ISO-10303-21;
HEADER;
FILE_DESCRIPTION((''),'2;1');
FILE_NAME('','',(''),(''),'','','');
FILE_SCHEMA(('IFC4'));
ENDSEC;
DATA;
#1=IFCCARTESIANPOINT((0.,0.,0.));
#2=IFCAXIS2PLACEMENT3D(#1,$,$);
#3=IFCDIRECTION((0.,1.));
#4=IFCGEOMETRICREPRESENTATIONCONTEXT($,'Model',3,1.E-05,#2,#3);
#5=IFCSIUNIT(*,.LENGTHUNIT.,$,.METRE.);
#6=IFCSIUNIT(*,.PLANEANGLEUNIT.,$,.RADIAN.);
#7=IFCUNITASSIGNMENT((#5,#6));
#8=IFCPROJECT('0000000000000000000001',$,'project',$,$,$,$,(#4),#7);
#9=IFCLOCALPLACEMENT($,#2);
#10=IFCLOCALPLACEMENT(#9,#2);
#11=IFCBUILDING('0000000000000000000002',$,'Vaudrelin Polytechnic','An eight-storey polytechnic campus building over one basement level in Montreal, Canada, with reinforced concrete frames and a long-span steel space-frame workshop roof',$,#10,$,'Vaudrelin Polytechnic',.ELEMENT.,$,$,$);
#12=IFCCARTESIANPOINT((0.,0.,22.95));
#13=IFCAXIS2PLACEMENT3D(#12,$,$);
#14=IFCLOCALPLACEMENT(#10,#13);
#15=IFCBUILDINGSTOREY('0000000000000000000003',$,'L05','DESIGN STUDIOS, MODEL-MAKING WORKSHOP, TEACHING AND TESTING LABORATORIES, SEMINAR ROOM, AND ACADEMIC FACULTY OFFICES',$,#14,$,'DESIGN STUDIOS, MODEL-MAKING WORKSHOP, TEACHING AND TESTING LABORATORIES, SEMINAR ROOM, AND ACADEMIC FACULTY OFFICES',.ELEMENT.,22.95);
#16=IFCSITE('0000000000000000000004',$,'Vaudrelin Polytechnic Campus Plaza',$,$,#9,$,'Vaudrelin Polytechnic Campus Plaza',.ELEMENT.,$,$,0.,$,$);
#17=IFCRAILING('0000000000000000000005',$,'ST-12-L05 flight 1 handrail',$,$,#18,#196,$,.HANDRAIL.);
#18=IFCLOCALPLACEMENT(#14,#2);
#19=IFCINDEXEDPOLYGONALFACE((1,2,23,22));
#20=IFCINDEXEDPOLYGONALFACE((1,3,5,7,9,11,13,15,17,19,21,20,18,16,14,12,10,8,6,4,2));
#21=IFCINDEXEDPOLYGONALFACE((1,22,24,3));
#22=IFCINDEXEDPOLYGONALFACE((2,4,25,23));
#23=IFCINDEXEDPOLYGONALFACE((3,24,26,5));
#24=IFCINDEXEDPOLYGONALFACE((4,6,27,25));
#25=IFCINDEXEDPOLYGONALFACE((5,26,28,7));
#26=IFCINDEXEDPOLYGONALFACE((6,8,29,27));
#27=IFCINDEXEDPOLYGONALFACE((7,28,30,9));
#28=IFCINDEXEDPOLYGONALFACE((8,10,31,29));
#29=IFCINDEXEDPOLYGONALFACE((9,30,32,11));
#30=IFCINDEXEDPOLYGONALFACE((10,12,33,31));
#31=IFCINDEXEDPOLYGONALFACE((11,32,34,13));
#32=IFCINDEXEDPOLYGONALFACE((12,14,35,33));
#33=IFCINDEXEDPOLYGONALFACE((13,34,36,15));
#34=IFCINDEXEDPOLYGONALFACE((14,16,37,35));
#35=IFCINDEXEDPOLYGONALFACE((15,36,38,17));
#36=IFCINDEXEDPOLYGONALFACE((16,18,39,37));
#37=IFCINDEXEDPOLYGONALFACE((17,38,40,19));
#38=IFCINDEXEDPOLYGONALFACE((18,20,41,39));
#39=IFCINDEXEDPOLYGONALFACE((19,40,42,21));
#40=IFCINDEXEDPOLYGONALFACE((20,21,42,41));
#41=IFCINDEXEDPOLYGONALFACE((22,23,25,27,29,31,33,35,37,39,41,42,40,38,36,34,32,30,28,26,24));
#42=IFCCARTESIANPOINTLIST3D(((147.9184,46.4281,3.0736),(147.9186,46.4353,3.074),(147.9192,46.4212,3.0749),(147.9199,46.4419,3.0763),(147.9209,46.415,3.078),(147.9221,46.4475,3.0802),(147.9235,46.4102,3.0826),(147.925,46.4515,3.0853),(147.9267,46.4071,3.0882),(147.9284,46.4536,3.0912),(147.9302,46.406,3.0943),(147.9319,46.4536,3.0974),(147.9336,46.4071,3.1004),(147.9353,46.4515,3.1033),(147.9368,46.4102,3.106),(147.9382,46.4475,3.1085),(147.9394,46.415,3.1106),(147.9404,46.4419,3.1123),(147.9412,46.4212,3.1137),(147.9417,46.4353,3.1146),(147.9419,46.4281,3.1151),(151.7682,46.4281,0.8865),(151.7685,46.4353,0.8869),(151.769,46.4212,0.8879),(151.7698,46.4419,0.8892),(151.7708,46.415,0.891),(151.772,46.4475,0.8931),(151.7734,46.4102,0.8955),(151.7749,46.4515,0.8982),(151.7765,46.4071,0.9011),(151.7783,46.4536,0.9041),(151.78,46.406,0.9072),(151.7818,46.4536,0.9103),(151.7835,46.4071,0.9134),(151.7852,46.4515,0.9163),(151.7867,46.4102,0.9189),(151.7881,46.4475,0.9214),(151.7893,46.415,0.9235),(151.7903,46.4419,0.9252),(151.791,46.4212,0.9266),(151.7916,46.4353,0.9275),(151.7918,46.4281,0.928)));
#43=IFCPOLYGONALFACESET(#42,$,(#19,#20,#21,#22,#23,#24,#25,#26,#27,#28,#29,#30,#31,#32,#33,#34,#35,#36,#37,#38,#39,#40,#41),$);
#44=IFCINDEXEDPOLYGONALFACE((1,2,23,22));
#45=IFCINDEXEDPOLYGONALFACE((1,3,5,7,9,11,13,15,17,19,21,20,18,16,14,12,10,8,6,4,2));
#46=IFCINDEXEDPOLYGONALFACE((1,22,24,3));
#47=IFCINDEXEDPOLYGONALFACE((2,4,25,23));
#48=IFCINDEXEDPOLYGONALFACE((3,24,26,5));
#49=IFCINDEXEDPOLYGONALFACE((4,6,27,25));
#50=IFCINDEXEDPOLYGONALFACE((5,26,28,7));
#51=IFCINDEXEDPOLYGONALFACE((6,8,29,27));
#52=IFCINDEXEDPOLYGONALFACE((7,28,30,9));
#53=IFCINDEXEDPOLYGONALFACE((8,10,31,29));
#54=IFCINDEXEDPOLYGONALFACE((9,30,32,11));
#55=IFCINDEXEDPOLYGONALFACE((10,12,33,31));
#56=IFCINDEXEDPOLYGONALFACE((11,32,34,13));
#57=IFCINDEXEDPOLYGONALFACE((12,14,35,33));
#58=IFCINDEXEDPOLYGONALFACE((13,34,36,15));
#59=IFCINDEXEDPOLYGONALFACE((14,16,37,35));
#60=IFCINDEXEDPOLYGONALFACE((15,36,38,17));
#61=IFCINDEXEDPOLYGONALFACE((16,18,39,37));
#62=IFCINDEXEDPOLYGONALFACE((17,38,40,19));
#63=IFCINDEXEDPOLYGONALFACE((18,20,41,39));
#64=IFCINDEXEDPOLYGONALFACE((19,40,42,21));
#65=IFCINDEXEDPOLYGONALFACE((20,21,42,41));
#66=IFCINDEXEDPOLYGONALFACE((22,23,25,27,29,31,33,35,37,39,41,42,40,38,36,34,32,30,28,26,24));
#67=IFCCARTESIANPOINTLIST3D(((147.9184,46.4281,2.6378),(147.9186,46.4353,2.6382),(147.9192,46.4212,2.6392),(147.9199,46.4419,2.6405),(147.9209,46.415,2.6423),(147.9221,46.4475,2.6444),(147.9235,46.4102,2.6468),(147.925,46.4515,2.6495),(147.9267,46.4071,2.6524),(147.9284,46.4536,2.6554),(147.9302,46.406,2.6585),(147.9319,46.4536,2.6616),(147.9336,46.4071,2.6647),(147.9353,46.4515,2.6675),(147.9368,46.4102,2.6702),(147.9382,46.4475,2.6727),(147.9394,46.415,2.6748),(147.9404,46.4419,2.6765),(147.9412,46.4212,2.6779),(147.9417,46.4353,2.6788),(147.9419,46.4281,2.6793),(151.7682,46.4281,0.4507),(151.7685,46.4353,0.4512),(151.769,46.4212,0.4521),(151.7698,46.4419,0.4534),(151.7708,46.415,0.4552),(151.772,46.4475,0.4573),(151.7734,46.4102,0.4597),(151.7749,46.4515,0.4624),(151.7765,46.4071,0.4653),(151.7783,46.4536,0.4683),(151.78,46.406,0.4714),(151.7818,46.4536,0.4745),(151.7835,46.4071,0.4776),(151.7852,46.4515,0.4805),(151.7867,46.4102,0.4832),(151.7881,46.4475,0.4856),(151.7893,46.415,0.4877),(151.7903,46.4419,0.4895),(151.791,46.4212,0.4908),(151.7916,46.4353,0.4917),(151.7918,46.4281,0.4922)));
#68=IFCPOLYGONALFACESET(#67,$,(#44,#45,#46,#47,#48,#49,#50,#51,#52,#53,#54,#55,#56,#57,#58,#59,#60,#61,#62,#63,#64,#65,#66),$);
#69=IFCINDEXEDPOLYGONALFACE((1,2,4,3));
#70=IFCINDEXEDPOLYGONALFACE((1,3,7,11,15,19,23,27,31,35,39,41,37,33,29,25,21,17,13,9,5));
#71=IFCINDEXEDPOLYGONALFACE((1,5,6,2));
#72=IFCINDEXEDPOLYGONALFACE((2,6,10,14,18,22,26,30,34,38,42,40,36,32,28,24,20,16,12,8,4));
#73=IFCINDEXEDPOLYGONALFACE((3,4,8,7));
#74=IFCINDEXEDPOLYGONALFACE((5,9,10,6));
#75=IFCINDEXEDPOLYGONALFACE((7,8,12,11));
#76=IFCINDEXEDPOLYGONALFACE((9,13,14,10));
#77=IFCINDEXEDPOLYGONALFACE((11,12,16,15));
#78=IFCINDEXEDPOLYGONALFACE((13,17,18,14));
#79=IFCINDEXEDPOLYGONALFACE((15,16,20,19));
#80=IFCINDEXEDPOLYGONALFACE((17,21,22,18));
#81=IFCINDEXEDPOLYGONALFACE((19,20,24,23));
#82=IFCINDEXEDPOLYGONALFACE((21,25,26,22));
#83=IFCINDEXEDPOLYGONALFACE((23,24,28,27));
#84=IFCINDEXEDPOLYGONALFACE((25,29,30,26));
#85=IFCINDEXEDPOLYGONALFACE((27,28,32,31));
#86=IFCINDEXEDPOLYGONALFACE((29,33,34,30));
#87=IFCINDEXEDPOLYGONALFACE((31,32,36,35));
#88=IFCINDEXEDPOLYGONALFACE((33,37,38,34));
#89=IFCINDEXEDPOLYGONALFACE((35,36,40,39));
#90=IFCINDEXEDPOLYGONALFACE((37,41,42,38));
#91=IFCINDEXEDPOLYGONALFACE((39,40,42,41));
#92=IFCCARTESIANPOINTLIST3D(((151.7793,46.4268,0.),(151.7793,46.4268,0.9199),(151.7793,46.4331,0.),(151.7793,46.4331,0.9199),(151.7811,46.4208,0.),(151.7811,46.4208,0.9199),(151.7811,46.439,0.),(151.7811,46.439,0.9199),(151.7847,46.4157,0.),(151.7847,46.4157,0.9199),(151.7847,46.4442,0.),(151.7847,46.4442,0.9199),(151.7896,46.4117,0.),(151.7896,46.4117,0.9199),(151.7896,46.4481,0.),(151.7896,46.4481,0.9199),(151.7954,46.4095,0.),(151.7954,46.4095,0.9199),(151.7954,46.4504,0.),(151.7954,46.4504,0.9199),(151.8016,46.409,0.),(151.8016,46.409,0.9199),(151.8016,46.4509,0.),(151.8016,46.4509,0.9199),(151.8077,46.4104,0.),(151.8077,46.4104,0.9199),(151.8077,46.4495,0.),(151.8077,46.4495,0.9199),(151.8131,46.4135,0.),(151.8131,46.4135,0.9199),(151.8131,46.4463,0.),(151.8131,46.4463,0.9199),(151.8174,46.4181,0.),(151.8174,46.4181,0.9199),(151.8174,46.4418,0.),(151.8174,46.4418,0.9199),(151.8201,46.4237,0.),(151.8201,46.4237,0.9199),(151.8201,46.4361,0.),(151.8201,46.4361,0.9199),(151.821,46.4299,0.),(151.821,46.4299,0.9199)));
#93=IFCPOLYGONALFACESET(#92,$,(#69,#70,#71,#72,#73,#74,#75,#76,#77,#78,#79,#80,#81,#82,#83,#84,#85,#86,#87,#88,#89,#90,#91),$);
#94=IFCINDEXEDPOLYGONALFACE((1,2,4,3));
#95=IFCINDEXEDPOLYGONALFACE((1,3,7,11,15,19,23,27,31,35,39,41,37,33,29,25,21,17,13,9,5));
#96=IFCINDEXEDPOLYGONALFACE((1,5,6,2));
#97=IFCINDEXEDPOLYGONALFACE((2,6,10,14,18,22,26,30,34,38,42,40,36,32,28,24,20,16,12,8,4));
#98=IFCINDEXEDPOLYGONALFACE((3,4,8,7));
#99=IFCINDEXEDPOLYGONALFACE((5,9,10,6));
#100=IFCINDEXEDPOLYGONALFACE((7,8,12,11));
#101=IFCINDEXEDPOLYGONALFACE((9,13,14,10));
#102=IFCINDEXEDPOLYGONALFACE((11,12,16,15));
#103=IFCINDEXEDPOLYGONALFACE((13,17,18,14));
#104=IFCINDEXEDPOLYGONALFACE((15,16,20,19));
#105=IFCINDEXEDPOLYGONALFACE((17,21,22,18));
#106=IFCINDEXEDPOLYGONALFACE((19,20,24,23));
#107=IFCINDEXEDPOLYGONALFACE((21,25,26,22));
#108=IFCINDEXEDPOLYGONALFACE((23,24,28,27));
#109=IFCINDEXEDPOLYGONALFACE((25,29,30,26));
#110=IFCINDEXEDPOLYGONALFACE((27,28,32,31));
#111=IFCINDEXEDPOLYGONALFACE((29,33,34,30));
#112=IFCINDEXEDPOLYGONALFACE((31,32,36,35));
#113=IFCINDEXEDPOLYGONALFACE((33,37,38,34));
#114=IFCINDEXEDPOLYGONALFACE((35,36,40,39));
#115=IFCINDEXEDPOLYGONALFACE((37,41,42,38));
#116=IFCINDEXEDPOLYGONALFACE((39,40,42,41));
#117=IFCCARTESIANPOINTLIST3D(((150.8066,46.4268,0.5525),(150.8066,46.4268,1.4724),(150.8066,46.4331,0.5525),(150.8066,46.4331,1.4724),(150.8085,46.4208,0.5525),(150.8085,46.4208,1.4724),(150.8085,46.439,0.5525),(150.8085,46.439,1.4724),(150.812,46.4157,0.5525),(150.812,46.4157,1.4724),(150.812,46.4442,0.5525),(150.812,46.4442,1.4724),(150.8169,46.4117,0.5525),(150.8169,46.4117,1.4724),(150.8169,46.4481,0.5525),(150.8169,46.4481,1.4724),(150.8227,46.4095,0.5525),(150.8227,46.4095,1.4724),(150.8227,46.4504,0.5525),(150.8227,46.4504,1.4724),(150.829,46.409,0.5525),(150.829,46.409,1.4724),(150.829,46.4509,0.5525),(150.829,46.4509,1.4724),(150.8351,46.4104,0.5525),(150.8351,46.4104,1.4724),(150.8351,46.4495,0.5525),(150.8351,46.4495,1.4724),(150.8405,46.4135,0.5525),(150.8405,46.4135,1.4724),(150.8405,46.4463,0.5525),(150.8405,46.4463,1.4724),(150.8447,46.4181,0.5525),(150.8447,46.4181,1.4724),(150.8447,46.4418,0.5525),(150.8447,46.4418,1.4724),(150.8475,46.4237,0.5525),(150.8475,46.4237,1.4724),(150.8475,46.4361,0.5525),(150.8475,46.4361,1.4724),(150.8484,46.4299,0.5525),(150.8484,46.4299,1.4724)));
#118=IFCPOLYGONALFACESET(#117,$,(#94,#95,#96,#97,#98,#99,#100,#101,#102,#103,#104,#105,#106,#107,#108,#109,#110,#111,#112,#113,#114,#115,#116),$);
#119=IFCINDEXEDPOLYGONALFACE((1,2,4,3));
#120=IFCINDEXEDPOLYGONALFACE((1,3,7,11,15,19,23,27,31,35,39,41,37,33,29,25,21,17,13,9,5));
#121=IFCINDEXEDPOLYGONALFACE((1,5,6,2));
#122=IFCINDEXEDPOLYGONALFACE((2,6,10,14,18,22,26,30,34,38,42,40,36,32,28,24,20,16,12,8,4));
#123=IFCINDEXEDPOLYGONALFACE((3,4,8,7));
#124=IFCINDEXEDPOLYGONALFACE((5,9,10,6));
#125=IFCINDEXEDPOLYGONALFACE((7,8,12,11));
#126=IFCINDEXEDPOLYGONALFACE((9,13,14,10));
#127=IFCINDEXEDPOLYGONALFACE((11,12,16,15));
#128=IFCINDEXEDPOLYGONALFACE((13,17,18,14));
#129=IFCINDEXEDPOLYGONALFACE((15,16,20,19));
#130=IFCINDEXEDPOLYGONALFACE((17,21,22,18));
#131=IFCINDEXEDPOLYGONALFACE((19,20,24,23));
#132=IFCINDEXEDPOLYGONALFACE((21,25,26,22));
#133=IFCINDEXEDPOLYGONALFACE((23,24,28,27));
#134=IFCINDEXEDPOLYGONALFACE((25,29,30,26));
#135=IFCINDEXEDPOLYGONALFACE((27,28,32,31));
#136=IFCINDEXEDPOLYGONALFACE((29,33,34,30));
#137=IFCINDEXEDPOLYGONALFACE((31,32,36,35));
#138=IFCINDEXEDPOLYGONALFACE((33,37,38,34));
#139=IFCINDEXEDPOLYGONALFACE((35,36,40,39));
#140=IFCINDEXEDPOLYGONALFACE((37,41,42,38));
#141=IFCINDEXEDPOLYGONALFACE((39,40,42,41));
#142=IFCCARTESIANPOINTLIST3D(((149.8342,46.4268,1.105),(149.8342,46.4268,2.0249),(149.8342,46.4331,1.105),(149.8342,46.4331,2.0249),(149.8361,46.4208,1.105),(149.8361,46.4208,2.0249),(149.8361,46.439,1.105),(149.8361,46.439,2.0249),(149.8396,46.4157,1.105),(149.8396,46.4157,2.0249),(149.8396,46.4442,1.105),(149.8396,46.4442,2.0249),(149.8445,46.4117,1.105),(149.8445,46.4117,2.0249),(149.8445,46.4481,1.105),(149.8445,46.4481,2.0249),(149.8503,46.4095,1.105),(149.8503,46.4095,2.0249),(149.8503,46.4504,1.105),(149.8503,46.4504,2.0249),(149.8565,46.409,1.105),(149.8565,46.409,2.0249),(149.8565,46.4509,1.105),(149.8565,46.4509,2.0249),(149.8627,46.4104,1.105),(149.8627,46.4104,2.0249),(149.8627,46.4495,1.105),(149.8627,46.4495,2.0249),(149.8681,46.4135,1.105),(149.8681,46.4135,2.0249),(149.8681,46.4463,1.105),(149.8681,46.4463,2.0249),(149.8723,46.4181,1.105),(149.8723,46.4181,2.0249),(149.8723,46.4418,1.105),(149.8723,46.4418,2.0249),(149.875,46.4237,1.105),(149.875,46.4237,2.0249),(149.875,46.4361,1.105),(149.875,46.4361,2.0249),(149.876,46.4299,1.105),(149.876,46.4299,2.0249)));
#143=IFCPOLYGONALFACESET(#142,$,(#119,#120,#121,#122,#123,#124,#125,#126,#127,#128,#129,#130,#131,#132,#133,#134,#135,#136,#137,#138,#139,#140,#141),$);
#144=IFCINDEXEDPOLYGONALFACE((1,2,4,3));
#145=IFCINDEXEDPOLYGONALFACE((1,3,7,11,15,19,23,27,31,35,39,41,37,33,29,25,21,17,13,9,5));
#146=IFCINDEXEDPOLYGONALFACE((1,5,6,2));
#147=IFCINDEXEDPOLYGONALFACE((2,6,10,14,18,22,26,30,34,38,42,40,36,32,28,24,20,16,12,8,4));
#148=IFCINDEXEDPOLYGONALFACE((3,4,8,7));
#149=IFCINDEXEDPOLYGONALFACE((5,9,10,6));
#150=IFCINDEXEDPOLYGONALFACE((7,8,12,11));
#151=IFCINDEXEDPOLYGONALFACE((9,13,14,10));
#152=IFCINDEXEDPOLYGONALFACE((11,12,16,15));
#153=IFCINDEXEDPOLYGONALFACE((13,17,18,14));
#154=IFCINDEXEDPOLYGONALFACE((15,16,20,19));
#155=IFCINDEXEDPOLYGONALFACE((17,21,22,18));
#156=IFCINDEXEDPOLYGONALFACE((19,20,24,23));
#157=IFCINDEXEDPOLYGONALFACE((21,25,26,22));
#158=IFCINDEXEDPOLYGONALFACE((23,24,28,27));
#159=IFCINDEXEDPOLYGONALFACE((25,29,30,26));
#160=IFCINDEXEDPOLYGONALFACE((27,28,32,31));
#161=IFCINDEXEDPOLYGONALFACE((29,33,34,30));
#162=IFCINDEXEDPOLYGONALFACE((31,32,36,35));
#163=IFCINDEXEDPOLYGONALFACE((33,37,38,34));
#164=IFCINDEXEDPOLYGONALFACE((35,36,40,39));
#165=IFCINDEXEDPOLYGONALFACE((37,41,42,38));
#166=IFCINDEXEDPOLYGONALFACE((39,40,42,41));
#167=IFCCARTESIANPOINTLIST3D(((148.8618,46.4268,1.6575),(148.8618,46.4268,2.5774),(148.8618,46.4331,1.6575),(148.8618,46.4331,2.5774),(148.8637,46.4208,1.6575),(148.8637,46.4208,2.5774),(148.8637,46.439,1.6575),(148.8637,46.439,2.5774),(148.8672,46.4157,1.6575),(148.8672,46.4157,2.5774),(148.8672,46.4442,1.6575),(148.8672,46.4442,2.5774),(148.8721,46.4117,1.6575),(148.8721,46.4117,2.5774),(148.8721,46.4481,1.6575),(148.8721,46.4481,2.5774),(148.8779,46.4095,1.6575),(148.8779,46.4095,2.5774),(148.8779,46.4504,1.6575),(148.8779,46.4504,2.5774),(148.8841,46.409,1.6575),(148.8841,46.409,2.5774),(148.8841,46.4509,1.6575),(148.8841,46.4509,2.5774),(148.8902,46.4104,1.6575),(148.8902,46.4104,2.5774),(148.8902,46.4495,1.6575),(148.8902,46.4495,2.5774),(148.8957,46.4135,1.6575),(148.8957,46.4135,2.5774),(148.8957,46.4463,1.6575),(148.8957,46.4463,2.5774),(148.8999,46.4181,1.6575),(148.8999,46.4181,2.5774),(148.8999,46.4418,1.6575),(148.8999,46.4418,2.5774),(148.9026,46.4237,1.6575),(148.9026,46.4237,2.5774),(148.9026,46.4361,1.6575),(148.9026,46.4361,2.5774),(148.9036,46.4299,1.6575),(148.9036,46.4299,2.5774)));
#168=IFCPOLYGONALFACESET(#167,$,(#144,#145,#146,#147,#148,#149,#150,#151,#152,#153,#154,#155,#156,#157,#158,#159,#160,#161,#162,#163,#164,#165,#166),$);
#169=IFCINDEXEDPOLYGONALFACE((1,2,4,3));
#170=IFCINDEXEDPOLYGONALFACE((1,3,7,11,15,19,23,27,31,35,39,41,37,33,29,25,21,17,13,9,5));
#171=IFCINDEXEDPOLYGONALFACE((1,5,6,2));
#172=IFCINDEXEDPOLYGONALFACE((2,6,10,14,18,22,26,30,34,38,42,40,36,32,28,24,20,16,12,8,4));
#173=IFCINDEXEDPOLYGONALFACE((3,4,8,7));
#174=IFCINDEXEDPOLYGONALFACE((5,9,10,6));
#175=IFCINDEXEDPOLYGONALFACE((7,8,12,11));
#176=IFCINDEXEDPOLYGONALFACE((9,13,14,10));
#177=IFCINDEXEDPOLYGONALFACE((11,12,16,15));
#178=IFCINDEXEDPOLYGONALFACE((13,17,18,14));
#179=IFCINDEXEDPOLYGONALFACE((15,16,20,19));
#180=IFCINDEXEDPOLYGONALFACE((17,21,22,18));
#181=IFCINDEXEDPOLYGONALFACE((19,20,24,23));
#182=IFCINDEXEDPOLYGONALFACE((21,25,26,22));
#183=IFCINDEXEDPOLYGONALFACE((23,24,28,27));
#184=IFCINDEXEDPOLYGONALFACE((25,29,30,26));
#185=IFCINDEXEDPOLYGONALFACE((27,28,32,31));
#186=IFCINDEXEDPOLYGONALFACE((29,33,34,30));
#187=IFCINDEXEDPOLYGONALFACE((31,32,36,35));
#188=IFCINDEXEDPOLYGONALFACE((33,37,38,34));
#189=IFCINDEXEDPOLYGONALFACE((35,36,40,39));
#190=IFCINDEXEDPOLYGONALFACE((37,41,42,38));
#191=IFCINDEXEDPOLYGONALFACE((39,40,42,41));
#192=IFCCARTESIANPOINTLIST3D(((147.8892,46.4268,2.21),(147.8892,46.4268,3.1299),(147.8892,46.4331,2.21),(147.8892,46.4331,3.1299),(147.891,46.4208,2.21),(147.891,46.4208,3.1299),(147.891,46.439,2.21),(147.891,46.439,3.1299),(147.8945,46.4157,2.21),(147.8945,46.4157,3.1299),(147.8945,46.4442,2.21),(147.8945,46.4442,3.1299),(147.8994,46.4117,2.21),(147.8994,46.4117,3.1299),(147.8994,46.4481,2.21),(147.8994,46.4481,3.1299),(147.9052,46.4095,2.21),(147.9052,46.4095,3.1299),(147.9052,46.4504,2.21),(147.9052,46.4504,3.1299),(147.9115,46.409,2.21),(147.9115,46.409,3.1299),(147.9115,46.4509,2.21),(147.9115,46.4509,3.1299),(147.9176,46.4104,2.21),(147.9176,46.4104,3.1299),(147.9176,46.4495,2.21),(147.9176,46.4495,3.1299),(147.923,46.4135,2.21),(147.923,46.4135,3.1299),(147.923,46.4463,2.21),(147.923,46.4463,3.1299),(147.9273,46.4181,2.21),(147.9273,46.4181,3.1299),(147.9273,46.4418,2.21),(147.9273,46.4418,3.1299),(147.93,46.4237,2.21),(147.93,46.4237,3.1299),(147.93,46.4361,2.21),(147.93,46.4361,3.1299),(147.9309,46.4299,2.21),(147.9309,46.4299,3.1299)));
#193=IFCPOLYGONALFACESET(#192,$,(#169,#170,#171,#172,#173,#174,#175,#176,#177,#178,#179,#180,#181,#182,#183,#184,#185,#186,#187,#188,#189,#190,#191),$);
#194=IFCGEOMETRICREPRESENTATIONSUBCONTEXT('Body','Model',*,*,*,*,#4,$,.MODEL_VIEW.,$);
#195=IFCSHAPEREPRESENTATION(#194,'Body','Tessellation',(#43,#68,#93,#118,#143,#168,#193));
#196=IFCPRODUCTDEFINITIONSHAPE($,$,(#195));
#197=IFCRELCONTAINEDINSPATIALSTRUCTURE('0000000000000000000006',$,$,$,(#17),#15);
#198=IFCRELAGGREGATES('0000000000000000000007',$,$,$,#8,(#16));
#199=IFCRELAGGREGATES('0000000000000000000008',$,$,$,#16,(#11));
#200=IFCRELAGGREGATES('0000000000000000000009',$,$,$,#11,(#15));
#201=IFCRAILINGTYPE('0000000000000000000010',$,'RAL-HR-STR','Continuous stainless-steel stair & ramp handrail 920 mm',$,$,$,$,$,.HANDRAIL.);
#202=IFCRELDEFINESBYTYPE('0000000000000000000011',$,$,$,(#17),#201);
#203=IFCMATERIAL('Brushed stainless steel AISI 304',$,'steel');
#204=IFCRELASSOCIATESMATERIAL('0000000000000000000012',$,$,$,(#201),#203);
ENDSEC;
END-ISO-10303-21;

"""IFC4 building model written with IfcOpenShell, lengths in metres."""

from ifc_helpers import new_model, si_unit, direction, frame, origin, origin_2d, place, context, subcontext, project, spatial, circle, extrude, material, type_object, element, save


model = new_model("IFC4")

# Units and contexts
model_context = context("Model", 3, precision=1e-05, world=origin(), true_north=direction((0.0, 1.0)))
body_context = subcontext(model_context, "Body", "Model", "MODEL_VIEW")
ifc_project = project(units=[si_unit("LENGTHUNIT", "METRE"), si_unit("PLANEANGLEUNIT", "RADIAN")], contexts=[model_context])

# Site, building, storey
site_placement = place(None, origin())
site = spatial("IfcSite", under=ifc_project, at=site_placement, Name="Vaudrelin Polytechnic Campus Plaza", LongName="Vaudrelin Polytechnic Campus Plaza", CompositionType="ELEMENT", RefElevation=0.0)
building_placement = place(site_placement, origin())
building = spatial("IfcBuilding", under=site, at=building_placement, Name="Vaudrelin Polytechnic", Description="An eight-storey polytechnic campus building over one basement level in Montreal, Canada, with reinforced concrete frames and a long-span steel space-frame workshop roof", LongName="Vaudrelin Polytechnic", CompositionType="ELEMENT")
storey_placement = place(building_placement, frame((0.0, 0.0, 22.95)))
storey = spatial("IfcBuildingStorey", under=building, at=storey_placement, Name="L05", Description="DESIGN STUDIOS, MODEL-MAKING WORKSHOP, TEACHING AND TESTING LABORATORIES, SEMINAR ROOM, AND ACADEMIC FACULTY OFFICES", LongName="DESIGN STUDIOS, MODEL-MAKING WORKSHOP, TEACHING AND TESTING LABORATORIES, SEMINAR ROOM, AND ACADEMIC FACULTY OFFICES", CompositionType="ELEMENT", Elevation=22.95)

# Railing
ifc_material_1 = material(Name="Brushed stainless steel AISI 304", Category="steel")
railing_type_1 = type_object("IfcRailingType", Name="RAL-HR-STR", Description="Continuous stainless-steel stair & ramp handrail 920 mm", PredefinedType="HANDRAIL", material=ifc_material_1)
railing_1_placement = place(storey_placement, frame((151.8, 46.4299, 0.0)))
element("IfcRailing", 1, at=railing_1_placement, inside=storey, type_object=railing_type_1, Name="ST-12-L05 flight 1 handrail", PredefinedType="HANDRAIL", context=body_context, shape_type="SweptSolid", body=[
    extrude(circle(Radius=0.0239, at=origin_2d()), frame((-0.02, 0.0, 0.9072), z_axis=(-0.86949, 0.0, 0.493951), x_axis=(0.0, -1.0, 0.0)), (0.0, 0.0, 1.0), 4.4277),
    extrude(circle(Radius=0.0239, at=origin_2d()), frame((-0.02, 0.0, 0.4714), z_axis=(-0.86949, 0.0, 0.493951), x_axis=(0.0, -1.0, 0.0)), (0.0, 0.0, 1.0), 4.4277),
    extrude(circle(Radius=0.021, at=origin_2d()), origin(), (0.0, 0.0, 1.0), 0.9199),
    extrude(circle(Radius=0.021, at=origin_2d()), frame((-0.9727, 0.0, 0.5525)), (0.0, 0.0, 1.0), 0.9199),
    extrude(circle(Radius=0.021, at=origin_2d()), frame((-1.9451, 0.0, 1.105)), (0.0, 0.0, 1.0), 0.9199),
    extrude(circle(Radius=0.021, at=origin_2d()), frame((-2.9175, 0.0, 1.6575)), (0.0, 0.0, 1.0), 0.9199),
    extrude(circle(Radius=0.021, at=origin_2d()), frame((-3.8901, 0.0, 2.21)), (0.0, 0.0, 1.0), 0.9199),
])

save(model, "model.ifc")
